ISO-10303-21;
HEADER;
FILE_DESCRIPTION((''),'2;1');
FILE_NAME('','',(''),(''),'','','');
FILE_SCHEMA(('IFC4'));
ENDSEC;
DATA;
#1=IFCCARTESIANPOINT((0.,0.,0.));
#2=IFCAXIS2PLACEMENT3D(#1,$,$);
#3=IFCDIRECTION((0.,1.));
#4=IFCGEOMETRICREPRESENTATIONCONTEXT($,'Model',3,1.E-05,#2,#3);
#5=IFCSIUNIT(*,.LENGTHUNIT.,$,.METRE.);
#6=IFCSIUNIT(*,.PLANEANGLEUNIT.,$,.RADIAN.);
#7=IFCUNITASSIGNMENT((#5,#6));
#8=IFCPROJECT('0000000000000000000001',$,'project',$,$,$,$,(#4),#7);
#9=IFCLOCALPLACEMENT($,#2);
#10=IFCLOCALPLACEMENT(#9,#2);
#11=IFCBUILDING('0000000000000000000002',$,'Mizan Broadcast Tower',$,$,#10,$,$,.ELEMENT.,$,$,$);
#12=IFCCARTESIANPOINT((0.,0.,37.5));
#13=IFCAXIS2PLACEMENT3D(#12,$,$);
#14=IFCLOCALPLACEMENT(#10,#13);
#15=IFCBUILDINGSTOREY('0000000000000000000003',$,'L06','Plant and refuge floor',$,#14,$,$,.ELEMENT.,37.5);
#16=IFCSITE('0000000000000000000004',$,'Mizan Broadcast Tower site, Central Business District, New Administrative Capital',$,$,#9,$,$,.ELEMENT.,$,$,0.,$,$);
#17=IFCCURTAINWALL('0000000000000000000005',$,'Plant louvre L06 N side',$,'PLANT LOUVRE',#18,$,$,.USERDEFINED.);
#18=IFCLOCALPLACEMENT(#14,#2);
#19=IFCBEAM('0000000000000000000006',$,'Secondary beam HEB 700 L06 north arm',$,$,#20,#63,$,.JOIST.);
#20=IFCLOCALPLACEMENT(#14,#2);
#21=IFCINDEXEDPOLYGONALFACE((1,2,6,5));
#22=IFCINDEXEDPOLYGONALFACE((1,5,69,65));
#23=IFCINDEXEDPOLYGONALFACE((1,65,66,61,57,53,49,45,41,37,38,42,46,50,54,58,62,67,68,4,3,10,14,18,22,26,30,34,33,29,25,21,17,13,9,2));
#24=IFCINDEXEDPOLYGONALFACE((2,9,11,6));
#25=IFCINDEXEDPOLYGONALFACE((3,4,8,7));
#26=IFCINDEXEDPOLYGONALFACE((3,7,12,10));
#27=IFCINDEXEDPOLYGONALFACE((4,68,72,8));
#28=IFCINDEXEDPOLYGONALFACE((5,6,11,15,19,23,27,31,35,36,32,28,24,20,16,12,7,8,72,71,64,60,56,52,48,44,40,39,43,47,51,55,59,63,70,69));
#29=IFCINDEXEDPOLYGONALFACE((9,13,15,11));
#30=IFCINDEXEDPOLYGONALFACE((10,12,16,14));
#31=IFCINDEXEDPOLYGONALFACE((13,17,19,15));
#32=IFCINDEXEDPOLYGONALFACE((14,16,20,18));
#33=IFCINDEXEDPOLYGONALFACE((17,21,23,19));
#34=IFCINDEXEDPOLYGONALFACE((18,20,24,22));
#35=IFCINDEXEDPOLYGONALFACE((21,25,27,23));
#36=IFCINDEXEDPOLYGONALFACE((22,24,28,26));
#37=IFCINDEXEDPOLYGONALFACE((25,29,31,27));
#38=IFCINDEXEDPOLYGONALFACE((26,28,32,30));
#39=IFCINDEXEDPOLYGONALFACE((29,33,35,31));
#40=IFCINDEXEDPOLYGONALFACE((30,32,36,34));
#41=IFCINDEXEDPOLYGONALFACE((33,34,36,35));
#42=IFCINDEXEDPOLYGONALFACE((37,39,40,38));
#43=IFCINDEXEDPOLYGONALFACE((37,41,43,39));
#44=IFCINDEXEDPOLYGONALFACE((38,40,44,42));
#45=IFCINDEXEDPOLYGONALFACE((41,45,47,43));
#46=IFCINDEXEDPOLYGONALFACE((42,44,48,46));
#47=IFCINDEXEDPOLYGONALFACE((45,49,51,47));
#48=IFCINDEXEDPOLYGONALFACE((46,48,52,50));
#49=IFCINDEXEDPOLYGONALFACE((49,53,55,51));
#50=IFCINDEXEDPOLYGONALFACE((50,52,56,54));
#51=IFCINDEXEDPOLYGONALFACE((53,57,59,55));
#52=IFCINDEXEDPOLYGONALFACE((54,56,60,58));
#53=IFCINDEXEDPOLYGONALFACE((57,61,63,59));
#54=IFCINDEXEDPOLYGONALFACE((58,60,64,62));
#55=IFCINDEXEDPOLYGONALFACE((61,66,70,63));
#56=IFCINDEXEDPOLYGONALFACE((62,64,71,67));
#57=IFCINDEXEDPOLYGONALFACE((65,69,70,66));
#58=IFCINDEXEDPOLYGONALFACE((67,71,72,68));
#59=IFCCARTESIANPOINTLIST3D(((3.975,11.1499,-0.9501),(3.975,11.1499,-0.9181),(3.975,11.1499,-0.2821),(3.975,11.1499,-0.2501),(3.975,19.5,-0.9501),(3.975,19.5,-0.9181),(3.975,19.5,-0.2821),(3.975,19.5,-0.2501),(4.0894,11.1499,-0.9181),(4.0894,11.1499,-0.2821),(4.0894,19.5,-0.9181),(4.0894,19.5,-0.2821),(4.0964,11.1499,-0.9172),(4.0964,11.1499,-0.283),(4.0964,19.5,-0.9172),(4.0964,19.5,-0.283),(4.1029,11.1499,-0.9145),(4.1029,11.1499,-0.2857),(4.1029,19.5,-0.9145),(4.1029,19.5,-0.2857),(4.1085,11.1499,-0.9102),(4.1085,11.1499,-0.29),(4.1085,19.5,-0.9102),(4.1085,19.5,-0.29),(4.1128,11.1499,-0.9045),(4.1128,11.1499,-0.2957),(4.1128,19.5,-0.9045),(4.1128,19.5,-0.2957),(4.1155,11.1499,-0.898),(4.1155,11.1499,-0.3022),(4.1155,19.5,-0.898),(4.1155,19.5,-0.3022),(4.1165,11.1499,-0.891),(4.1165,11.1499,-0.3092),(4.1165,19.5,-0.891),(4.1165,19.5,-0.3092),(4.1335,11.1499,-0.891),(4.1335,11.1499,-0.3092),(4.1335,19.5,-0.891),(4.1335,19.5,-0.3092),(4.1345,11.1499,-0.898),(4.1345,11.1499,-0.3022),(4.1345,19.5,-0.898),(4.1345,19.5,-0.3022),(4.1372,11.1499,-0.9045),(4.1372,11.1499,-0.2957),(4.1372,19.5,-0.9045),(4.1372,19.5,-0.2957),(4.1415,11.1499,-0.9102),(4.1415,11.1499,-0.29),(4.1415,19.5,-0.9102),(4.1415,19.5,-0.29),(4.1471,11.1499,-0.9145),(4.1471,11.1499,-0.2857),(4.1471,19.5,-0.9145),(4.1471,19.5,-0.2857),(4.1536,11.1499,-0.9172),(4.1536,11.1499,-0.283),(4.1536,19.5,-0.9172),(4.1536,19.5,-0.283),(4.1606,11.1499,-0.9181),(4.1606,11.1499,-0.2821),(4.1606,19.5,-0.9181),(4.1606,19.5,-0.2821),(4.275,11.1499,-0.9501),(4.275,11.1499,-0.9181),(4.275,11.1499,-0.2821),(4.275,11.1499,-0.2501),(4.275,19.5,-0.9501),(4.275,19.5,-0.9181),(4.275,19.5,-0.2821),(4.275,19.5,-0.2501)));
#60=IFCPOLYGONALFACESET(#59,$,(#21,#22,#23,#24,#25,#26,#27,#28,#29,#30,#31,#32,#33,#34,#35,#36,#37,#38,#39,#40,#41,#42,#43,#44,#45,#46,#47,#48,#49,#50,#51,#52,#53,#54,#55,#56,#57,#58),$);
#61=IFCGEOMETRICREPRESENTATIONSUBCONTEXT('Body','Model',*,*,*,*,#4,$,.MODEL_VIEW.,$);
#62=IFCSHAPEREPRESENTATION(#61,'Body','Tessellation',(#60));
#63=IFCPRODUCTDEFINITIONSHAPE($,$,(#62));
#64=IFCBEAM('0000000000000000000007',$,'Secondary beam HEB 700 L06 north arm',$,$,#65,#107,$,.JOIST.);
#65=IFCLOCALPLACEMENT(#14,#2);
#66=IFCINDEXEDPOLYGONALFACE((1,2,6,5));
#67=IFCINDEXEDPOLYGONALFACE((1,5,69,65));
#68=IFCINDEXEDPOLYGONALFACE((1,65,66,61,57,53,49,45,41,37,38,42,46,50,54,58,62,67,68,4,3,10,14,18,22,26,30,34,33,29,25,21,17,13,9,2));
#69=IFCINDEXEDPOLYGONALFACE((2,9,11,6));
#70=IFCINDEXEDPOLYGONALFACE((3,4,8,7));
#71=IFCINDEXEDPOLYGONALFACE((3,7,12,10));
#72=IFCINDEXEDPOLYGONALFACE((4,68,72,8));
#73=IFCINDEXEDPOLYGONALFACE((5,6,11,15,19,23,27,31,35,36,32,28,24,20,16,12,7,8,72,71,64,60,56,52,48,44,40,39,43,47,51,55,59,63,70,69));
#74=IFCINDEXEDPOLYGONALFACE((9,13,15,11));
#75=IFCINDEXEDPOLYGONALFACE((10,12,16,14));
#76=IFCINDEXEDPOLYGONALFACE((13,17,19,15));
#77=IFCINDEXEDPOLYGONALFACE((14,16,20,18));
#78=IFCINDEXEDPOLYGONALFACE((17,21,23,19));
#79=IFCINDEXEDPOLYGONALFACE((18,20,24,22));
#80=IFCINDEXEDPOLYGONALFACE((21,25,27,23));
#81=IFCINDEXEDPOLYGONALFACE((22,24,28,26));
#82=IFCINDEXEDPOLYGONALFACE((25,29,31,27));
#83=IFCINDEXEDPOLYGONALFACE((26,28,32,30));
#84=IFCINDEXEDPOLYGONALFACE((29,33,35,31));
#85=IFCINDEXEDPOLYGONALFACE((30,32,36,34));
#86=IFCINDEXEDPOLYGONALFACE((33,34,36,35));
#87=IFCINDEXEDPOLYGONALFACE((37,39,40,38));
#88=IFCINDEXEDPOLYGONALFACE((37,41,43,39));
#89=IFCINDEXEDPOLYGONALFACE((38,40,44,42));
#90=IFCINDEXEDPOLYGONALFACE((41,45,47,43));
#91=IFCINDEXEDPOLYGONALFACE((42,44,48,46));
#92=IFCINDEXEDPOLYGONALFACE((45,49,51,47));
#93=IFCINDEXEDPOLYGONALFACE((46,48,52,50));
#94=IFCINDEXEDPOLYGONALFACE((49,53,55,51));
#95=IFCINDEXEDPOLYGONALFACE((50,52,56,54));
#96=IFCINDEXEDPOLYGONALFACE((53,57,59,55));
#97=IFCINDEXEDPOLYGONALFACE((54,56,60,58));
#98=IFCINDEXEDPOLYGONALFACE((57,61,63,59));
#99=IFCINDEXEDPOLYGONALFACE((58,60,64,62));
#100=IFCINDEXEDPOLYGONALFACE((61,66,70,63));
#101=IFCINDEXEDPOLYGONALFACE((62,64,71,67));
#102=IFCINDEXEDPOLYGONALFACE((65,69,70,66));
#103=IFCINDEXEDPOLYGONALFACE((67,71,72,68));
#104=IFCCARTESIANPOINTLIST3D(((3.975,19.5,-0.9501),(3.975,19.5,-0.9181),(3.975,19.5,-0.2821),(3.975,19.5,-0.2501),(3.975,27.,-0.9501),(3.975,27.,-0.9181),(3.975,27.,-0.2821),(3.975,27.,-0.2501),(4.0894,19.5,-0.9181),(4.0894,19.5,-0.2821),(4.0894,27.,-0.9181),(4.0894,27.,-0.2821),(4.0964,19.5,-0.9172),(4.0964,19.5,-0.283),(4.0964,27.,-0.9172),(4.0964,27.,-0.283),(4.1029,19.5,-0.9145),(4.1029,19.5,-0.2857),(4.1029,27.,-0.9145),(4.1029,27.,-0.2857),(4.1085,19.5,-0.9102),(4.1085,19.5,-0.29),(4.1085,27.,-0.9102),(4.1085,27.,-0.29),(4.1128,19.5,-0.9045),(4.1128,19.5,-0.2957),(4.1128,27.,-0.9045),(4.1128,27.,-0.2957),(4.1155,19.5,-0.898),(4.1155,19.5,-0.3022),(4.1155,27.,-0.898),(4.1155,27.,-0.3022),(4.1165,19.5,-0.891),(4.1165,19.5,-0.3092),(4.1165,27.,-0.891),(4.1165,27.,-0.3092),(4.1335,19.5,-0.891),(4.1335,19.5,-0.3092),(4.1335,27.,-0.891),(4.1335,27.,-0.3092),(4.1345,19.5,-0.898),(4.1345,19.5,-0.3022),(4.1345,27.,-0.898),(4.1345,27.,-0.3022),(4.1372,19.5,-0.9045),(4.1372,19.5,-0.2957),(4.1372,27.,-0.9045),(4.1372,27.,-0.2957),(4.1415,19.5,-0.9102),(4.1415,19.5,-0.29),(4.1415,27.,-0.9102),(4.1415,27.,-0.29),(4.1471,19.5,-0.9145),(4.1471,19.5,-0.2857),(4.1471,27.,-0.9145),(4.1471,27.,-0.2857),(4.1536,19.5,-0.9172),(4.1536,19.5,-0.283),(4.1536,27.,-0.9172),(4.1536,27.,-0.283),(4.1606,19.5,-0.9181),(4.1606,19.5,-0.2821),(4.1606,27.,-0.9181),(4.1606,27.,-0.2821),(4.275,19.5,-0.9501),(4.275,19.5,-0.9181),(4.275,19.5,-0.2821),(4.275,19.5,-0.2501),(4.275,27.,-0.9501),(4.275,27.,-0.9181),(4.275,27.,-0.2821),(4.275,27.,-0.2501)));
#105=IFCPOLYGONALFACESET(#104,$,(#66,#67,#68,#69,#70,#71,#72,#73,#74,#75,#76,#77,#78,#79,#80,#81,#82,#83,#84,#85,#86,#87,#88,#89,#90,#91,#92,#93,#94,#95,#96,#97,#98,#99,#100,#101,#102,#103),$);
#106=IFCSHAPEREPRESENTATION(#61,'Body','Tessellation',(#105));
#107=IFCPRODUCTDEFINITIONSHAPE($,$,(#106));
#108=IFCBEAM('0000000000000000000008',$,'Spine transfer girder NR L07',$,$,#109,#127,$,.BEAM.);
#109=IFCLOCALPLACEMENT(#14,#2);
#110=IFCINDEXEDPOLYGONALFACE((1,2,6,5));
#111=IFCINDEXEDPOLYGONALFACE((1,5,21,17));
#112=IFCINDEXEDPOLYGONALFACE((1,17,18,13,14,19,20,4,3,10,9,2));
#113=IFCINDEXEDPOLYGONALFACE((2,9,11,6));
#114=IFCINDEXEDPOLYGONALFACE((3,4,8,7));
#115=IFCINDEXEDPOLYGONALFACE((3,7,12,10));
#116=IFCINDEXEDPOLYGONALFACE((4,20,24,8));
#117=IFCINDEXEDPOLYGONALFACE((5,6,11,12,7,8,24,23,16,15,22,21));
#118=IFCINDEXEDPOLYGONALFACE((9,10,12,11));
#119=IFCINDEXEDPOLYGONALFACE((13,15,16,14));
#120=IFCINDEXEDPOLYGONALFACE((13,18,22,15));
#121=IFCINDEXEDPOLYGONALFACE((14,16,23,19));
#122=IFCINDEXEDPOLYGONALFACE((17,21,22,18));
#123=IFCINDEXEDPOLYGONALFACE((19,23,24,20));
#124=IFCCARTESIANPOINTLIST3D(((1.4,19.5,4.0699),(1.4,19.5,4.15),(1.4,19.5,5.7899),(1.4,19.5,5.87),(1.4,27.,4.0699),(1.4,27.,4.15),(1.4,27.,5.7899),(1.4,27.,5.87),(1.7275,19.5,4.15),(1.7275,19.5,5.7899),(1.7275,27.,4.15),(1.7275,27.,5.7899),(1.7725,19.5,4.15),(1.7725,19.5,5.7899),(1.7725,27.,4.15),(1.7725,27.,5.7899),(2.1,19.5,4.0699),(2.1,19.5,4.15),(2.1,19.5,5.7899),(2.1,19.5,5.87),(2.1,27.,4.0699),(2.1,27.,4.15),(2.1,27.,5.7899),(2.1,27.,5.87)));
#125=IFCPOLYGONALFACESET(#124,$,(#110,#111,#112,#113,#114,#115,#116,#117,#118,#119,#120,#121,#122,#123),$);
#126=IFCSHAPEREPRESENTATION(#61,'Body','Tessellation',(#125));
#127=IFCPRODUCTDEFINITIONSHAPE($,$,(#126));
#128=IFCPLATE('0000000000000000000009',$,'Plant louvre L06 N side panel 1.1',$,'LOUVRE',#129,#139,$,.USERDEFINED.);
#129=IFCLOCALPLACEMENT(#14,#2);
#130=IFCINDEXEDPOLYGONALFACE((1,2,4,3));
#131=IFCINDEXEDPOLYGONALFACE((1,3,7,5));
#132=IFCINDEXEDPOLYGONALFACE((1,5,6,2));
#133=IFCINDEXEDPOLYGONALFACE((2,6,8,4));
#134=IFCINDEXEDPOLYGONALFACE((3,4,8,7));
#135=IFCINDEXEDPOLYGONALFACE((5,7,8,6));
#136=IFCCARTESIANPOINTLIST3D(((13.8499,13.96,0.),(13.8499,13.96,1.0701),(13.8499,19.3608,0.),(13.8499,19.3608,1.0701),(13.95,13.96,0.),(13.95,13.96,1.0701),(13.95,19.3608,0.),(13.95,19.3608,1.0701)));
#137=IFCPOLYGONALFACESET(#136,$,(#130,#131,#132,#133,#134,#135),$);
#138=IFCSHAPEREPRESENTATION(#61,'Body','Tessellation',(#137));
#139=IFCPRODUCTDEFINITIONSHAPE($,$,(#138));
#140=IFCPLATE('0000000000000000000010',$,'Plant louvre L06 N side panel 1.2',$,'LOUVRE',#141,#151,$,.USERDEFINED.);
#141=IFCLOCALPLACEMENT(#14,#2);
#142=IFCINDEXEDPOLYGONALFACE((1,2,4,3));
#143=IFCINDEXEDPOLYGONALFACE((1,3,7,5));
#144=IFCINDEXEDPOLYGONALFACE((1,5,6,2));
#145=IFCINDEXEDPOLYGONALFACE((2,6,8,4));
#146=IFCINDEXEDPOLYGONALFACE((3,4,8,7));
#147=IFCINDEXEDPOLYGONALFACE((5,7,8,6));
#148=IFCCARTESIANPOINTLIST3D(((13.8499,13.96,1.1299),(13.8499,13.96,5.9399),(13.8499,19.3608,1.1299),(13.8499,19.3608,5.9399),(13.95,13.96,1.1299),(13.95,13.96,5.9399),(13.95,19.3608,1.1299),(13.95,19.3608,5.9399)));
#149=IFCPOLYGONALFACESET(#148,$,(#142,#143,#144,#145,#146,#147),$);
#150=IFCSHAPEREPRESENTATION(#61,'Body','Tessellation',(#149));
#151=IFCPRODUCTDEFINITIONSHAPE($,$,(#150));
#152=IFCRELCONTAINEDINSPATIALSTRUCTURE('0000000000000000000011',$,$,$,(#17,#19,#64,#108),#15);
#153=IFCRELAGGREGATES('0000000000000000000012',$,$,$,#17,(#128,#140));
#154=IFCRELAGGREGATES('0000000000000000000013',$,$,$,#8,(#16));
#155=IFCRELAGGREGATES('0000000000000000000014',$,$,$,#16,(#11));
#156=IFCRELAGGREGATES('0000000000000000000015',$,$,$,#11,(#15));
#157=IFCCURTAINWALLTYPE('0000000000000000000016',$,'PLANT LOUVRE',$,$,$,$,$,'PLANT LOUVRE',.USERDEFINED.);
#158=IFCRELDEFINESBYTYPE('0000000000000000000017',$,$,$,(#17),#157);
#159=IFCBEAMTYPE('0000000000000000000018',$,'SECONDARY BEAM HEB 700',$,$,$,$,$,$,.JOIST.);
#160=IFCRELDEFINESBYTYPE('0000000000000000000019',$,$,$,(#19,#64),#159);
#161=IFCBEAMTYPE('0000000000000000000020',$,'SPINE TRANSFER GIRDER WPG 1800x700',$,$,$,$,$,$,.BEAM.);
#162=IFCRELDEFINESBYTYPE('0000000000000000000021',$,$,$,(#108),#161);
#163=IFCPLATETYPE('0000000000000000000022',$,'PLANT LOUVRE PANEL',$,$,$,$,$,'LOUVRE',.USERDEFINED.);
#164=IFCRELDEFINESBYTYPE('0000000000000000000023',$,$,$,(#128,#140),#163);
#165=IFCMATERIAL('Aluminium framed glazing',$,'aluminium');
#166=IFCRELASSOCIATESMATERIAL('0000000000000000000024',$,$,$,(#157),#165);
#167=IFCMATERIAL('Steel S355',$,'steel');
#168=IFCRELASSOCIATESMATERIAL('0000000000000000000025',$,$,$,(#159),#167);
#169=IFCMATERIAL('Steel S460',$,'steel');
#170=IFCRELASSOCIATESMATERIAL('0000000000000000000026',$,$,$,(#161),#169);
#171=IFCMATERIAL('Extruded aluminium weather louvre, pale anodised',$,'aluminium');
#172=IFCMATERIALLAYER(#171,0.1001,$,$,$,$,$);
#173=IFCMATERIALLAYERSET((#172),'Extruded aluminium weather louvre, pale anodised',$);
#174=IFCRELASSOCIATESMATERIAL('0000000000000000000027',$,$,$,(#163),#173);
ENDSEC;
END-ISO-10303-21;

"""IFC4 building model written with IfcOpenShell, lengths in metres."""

from ifc_helpers import new_model, si_unit, direction, frame, origin, origin_2d, place, context, subcontext, project, spatial, rectangle, i_section, extrude, material, layer, layer_set, material_profile, profile_set, type_object, element, aggregate, save


model = new_model("IFC4")

# Units and contexts
model_context = context("Model", 3, precision=1e-05, world=origin(), true_north=direction((0.0, 1.0)))
body_context = subcontext(model_context, "Body", "Model", "MODEL_VIEW")
ifc_project = project(units=[si_unit("LENGTHUNIT", "METRE"), si_unit("PLANEANGLEUNIT", "RADIAN")], contexts=[model_context])

# Site, building, storey
site_placement = place(None, origin())
site = spatial("IfcSite", under=ifc_project, at=site_placement, Name="Mizan Broadcast Tower site, Central Business District, New Administrative Capital", CompositionType="ELEMENT", RefElevation=0.0)
building_placement = place(site_placement, origin())
building = spatial("IfcBuilding", under=site, at=building_placement, Name="Mizan Broadcast Tower", CompositionType="ELEMENT")
storey_placement = place(building_placement, frame((0.0, 0.0, 37.5)))
storey = spatial("IfcBuildingStorey", under=building, at=storey_placement, Name="L06", Description="Plant and refuge floor", CompositionType="ELEMENT", Elevation=37.5)

# Curtain wall
ifc_material_1 = material(Name="Aluminium framed glazing", Category="aluminium")
curtain_wall_type = type_object("IfcCurtainWallType", Name="PLANT LOUVRE", ElementType="PLANT LOUVRE", PredefinedType="USERDEFINED", material=ifc_material_1)
curtain_wall_placement = place(storey_placement, origin())
curtain_wall = element("IfcCurtainWall", 1, at=curtain_wall_placement, inside=storey, type_object=curtain_wall_type, Name="Plant louvre L06 N side", ObjectType="PLANT LOUVRE", PredefinedType="USERDEFINED")

# Beams
ifc_material_2 = material(Name="Steel S355", Category="steel")
ifc_material_profile_1 = material_profile(ifc_material_2, i_section(OverallWidth=0.3, OverallDepth=0.7, WebThickness=0.0171, FlangeThickness=0.032, FilletRadius=0.0271, at=origin_2d()), Name="HEB 700")
ifc_profile_set_1 = profile_set([ifc_material_profile_1], Name="Steel S355")
beam_type_1 = type_object("IfcBeamType", Name="SECONDARY BEAM HEB 700", PredefinedType="JOIST", material=ifc_profile_set_1)
for number, where, z_axis, x_axis, name in (
    (2, (4.125, 11.1499, -0.6001), (0.0, 1.0, 0.0), (-1.0, 0.0, 0.0), "Secondary beam HEB 700 L06 north arm"),
):
    element("IfcBeam", number, at=place(storey_placement, frame(where, z_axis=z_axis, x_axis=x_axis)), inside=storey, type_object=beam_type_1, Name=name, PredefinedType="JOIST", context=body_context, shape_type="SweptSolid", body=[
        extrude(i_section(OverallWidth=0.3, OverallDepth=0.7, WebThickness=0.0171, FlangeThickness=0.032, FilletRadius=0.0271, at=origin_2d()), origin(), (0.0, 0.0, 1.0), 8.3501),
    ])
beam_1_placement = place(storey_placement, frame((4.125, 19.5, -0.6001), z_axis=(0.0, 1.0, 0.0), x_axis=(-1.0, 0.0, 0.0)))
element("IfcBeam", 3, at=beam_1_placement, inside=storey, type_object=beam_type_1, Name="Secondary beam HEB 700 L06 north arm", PredefinedType="JOIST", context=body_context, shape_type="SweptSolid", body=[
    extrude(i_section(OverallWidth=0.3, OverallDepth=0.7, WebThickness=0.0171, FlangeThickness=0.032, FilletRadius=0.0271, at=origin_2d()), origin(), (0.0, 0.0, 1.0), 7.5),
])
ifc_material_3 = material(Name="Steel S460", Category="steel")
ifc_material_profile_2 = material_profile(ifc_material_3, i_section(OverallWidth=0.7, OverallDepth=1.8, WebThickness=0.0449, FlangeThickness=0.0801, at=origin_2d()), Name="WPG 1800x700")
ifc_profile_set_2 = profile_set([ifc_material_profile_2], Name="Steel S460")
beam_type_2 = type_object("IfcBeamType", Name="SPINE TRANSFER GIRDER WPG 1800x700", PredefinedType="BEAM", material=ifc_profile_set_2)
beam_2_placement = place(storey_placement, frame((1.75, 19.5, 4.97), z_axis=(0.0, 1.0, 0.0), x_axis=(-1.0, 0.0, 0.0)))
element("IfcBeam", 4, at=beam_2_placement, inside=storey, type_object=beam_type_2, Name="Spine transfer girder NR L07", PredefinedType="BEAM", context=body_context, shape_type="SweptSolid", body=[
    extrude(i_section(OverallWidth=0.7, OverallDepth=1.8, WebThickness=0.0449, FlangeThickness=0.0801, at=origin_2d()), origin(), (0.0, 0.0, 1.0), 7.5),
])

# Plates
ifc_material_4 = material(Name="Extruded aluminium weather louvre, pale anodised", Category="aluminium")
ifc_layer_1 = layer(ifc_material_4, 0.1001)
ifc_layer_set_1 = layer_set([ifc_layer_1], Name="Extruded aluminium weather louvre, pale anodised")
plate_type = type_object("IfcPlateType", Name="PLANT LOUVRE PANEL", ElementType="LOUVRE", PredefinedType="USERDEFINED", material=ifc_layer_set_1)
plate_1_placement = place(storey_placement, frame((13.8999, 16.6604, 0.0), z_axis=(0.0, 0.0, 1.0), x_axis=(0.0, 1.0, 0.0)))
plate_1 = element("IfcPlate", 5, at=plate_1_placement, type_object=plate_type, Name="Plant louvre L06 N side panel 1.1", ObjectType="LOUVRE", PredefinedType="USERDEFINED", context=body_context, shape_type="SweptSolid", body=[
    extrude(rectangle(XDim=5.4009, YDim=0.1001, at=origin_2d()), origin(), (0.0, 0.0, 1.0), 1.0701),
])
plate_2_placement = place(storey_placement, frame((13.8999, 16.6604, 1.1299), z_axis=(0.0, 0.0, 1.0), x_axis=(0.0, 1.0, 0.0)))
plate_2 = element("IfcPlate", 6, at=plate_2_placement, type_object=plate_type, Name="Plant louvre L06 N side panel 1.2", ObjectType="LOUVRE", PredefinedType="USERDEFINED", context=body_context, shape_type="SweptSolid", body=[
    extrude(rectangle(XDim=5.4009, YDim=0.1001, at=origin_2d()), origin(), (0.0, 0.0, 1.0), 4.8101),
])
aggregate(curtain_wall, [plate_1, plate_2])

save(model, "model.ifc")
